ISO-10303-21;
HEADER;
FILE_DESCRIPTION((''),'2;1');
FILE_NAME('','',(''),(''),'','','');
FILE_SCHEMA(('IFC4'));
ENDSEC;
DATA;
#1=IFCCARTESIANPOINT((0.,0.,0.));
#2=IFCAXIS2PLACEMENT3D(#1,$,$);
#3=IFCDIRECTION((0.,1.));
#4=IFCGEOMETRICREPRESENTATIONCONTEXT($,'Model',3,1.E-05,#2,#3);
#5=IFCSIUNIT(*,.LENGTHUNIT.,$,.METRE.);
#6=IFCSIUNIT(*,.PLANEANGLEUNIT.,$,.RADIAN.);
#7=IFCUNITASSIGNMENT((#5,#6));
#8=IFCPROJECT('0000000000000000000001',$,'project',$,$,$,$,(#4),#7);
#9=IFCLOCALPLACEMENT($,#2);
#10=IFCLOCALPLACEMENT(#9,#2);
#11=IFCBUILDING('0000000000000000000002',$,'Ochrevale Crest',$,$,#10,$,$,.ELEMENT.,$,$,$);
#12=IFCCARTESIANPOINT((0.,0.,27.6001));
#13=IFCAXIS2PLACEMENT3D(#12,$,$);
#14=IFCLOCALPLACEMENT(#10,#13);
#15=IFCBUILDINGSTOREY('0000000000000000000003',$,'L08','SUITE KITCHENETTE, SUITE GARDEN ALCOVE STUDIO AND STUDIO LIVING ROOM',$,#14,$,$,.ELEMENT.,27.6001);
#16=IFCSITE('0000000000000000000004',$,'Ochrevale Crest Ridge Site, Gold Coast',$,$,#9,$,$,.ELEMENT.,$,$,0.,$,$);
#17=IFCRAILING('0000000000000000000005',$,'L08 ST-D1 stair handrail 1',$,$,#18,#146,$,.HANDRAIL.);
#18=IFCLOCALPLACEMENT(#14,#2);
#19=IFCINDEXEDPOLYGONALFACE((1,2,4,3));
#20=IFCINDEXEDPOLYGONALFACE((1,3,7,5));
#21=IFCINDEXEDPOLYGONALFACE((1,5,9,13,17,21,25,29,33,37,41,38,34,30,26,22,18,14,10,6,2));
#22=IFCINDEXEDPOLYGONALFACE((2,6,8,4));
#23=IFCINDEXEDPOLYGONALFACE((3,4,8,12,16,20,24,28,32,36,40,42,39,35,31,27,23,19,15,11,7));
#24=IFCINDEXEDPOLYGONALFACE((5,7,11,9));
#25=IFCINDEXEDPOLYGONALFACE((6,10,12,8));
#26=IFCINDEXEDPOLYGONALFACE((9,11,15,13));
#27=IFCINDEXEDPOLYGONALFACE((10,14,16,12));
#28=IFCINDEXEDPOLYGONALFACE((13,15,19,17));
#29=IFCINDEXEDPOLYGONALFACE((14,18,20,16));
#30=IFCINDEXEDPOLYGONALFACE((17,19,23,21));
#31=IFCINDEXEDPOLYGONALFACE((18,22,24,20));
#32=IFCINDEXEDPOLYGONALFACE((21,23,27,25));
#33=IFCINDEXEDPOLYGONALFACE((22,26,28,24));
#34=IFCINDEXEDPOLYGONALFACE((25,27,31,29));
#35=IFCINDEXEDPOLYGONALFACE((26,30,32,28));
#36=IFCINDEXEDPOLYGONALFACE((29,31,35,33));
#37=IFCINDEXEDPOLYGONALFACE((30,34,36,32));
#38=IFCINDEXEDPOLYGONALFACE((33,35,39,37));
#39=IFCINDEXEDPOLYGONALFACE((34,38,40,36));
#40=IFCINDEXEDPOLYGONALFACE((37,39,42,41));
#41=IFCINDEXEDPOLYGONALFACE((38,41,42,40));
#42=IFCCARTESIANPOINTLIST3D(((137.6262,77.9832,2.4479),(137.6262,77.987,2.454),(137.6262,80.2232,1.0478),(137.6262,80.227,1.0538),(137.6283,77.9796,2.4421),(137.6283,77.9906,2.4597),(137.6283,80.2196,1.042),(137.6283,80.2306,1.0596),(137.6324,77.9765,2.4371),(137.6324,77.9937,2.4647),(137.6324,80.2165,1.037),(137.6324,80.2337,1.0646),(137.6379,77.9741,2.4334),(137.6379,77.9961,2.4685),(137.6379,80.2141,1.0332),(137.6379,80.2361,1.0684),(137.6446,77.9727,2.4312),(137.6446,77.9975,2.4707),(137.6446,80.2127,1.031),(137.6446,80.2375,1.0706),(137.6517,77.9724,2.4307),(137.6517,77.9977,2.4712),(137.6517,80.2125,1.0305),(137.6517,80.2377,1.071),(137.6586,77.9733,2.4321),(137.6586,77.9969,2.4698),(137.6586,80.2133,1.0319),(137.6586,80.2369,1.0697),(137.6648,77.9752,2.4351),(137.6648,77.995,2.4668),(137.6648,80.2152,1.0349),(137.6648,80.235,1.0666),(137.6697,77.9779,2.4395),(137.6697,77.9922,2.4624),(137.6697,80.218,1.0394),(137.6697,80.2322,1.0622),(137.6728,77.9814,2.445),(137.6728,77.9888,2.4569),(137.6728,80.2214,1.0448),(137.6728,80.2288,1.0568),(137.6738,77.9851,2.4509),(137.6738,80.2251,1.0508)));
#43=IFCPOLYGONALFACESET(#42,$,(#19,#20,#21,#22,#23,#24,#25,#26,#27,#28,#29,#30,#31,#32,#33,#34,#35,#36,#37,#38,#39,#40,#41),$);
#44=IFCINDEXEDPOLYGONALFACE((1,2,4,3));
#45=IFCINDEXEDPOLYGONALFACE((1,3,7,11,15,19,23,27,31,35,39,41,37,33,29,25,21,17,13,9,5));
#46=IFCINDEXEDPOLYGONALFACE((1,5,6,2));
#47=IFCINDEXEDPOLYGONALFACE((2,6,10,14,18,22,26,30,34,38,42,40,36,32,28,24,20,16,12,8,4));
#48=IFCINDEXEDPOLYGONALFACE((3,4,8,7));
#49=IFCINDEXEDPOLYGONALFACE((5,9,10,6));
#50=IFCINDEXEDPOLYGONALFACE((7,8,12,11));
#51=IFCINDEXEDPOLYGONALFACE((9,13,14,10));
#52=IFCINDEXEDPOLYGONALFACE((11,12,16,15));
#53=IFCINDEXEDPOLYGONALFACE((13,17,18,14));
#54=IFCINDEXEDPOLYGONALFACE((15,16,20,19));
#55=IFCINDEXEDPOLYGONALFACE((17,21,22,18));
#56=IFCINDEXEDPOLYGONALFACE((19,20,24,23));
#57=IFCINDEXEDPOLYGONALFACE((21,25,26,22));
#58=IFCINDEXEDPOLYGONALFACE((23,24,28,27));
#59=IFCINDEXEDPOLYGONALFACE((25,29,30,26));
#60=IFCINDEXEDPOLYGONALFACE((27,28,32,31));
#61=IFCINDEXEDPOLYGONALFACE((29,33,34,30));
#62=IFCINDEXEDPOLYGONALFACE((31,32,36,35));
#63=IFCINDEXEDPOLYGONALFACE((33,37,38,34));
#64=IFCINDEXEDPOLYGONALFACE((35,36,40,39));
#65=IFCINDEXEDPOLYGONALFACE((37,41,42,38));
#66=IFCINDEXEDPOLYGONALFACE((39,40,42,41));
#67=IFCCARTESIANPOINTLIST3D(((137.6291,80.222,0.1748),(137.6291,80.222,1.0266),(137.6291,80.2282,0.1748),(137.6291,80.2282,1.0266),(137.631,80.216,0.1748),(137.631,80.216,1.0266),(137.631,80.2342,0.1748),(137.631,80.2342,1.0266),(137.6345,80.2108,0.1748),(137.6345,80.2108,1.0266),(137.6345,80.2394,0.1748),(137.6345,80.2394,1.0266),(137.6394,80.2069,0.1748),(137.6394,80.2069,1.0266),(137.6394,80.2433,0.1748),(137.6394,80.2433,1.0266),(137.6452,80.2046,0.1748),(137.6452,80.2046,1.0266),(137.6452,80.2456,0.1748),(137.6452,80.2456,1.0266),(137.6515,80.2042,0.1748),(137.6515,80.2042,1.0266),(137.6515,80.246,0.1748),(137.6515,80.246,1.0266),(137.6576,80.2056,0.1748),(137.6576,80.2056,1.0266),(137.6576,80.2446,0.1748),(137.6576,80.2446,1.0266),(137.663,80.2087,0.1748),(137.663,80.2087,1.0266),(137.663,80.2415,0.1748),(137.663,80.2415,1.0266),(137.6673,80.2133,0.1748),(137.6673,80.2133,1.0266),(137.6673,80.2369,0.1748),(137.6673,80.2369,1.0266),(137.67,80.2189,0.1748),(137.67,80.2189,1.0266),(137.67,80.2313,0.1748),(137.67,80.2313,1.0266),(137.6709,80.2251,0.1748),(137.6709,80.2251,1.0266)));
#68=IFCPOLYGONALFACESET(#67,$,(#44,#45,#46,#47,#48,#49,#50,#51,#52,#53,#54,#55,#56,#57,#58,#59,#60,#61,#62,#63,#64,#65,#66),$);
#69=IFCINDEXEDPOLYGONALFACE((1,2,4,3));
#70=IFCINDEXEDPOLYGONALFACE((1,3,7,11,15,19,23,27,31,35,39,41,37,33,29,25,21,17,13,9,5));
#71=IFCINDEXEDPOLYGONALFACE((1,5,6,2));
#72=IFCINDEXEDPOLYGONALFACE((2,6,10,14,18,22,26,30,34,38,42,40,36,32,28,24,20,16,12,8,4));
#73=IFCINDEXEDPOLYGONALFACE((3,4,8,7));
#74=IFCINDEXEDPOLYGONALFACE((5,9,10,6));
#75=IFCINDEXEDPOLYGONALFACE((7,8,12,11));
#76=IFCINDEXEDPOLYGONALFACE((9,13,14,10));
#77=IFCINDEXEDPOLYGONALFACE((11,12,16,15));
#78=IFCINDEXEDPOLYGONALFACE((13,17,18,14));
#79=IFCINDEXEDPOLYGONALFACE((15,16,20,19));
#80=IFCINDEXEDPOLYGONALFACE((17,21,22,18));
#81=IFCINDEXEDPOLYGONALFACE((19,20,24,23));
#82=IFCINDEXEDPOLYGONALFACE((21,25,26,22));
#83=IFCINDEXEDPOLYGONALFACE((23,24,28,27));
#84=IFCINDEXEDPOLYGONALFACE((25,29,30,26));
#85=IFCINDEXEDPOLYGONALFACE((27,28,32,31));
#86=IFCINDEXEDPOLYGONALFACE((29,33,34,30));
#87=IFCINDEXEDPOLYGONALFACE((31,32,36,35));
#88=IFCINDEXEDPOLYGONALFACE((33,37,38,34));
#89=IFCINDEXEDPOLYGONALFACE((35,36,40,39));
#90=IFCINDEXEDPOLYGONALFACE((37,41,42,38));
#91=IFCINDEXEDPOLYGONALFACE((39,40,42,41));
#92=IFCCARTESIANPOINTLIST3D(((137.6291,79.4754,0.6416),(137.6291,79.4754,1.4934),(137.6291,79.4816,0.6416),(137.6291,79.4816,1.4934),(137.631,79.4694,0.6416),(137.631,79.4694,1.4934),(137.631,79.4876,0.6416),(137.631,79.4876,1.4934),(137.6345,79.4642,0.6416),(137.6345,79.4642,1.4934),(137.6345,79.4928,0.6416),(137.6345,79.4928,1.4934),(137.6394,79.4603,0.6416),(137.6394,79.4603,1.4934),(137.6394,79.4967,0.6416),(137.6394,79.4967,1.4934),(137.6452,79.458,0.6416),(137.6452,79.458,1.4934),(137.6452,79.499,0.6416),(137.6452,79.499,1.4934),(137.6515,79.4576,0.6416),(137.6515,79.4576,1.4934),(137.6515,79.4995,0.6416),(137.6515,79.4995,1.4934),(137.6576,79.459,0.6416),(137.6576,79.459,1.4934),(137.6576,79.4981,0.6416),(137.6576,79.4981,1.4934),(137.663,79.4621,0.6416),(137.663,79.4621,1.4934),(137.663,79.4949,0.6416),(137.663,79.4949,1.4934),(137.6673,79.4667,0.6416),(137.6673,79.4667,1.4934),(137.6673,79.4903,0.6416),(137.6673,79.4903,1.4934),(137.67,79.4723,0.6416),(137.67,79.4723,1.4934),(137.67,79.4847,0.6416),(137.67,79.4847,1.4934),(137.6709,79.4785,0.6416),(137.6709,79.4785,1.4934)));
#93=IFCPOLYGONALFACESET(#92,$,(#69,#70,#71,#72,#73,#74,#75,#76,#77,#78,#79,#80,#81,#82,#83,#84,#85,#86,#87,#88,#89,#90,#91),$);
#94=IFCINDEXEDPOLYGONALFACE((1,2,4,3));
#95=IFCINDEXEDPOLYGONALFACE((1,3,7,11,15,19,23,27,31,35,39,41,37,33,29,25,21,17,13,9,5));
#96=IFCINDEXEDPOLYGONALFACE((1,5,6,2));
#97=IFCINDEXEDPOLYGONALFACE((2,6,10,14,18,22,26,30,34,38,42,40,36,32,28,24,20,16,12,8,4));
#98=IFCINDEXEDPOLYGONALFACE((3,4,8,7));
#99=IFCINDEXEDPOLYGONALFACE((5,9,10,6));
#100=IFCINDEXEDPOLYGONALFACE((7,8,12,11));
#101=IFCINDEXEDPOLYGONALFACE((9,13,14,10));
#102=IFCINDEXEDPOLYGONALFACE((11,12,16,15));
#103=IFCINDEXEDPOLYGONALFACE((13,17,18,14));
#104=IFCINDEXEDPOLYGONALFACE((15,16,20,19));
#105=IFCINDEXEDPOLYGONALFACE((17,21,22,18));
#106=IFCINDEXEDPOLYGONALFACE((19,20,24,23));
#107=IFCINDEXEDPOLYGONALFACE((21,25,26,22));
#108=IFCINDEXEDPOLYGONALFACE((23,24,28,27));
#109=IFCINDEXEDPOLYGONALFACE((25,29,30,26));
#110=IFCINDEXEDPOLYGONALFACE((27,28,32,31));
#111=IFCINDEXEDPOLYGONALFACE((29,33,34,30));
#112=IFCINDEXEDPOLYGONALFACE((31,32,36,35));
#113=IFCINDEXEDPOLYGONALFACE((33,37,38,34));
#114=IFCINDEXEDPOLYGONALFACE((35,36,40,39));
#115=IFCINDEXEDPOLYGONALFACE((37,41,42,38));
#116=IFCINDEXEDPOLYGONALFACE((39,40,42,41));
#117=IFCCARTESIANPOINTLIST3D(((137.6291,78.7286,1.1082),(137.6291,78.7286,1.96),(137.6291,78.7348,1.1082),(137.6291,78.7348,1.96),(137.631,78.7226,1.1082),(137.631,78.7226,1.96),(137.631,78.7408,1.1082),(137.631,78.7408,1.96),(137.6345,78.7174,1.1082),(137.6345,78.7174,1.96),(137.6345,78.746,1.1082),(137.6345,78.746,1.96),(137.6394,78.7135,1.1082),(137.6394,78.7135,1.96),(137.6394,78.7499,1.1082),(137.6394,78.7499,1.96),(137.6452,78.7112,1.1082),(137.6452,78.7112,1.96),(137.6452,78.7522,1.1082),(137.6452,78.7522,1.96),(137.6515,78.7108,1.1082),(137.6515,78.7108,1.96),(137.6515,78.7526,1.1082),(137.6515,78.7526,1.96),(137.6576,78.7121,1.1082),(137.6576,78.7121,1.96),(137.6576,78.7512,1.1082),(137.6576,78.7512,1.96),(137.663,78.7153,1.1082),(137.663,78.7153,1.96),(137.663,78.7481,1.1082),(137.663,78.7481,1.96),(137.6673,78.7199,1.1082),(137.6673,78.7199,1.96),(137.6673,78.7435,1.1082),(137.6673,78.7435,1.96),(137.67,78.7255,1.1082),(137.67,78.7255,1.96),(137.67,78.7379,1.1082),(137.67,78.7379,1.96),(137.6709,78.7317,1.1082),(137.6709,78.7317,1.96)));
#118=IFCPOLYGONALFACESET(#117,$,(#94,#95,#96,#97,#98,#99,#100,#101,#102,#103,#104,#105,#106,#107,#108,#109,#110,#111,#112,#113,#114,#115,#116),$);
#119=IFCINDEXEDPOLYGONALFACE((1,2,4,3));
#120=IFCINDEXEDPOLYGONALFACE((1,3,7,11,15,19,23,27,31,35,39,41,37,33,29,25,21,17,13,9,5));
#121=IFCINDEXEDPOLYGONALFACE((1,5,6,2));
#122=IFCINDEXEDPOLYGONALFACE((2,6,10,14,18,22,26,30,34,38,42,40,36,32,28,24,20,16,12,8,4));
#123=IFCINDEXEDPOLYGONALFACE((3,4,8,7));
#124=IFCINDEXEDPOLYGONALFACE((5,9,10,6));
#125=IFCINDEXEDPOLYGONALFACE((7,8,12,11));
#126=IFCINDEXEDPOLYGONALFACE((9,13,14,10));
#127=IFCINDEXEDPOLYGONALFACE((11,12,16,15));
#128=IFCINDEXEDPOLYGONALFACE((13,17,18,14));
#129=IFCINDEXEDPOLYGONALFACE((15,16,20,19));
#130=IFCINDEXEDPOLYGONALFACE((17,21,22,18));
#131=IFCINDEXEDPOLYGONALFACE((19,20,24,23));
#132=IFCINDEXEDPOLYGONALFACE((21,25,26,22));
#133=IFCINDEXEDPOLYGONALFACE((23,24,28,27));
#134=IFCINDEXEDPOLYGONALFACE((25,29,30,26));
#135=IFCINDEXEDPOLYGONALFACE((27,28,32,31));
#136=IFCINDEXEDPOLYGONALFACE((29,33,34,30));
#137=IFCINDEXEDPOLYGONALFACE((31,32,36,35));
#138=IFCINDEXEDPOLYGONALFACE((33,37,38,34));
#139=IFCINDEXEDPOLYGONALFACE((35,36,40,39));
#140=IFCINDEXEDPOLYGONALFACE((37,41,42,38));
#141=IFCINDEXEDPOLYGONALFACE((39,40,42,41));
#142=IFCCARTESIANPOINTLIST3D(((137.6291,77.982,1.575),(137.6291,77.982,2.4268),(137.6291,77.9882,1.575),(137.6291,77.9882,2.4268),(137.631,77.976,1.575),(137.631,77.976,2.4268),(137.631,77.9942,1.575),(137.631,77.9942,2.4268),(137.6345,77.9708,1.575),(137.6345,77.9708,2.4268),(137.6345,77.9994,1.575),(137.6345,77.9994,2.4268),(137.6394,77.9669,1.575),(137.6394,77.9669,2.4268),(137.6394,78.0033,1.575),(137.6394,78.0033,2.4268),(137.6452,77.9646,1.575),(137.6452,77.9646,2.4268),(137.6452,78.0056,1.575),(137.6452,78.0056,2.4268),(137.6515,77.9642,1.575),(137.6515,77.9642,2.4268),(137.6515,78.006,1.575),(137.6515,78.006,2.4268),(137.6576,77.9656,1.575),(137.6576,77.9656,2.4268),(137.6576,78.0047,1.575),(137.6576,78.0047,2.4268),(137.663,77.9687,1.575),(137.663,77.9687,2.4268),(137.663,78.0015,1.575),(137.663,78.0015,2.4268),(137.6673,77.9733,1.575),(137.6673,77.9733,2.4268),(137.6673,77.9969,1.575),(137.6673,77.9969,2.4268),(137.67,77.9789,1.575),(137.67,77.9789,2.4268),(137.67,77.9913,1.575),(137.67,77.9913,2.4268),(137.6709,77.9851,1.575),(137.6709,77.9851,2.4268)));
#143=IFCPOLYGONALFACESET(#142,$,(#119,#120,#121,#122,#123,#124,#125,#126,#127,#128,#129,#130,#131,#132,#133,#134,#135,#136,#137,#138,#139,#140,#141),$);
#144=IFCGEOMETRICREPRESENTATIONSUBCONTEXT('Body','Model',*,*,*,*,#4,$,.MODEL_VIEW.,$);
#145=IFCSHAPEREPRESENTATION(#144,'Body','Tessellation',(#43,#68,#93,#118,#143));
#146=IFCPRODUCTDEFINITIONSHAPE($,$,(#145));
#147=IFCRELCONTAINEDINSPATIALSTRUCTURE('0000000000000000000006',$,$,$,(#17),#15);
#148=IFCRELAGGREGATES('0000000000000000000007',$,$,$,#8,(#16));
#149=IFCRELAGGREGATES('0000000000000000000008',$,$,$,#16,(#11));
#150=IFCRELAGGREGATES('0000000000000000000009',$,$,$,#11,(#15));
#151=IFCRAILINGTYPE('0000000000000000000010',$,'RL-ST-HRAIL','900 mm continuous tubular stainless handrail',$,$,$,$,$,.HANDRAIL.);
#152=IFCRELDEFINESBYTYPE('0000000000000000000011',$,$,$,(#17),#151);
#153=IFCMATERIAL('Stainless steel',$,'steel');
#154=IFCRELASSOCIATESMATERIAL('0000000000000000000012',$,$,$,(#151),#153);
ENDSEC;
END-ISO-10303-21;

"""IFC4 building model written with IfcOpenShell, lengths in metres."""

from ifc_helpers import new_model, si_unit, direction, frame, origin, origin_2d, place, context, subcontext, project, spatial, circle, extrude, material, type_object, element, save


model = new_model("IFC4")

# Units and contexts
model_context = context("Model", 3, precision=1e-05, world=origin(), true_north=direction((0.0, 1.0)))
body_context = subcontext(model_context, "Body", "Model", "MODEL_VIEW")
ifc_project = project(units=[si_unit("LENGTHUNIT", "METRE"), si_unit("PLANEANGLEUNIT", "RADIAN")], contexts=[model_context])

# Site, building, storey
site_placement = place(None, origin())
site = spatial("IfcSite", under=ifc_project, at=site_placement, Name="Ochrevale Crest Ridge Site, Gold Coast", CompositionType="ELEMENT", RefElevation=0.0)
building_placement = place(site_placement, origin())
building = spatial("IfcBuilding", under=site, at=building_placement, Name="Ochrevale Crest", CompositionType="ELEMENT")
storey_placement = place(building_placement, frame((0.0, 0.0, 27.6001)))
storey = spatial("IfcBuildingStorey", under=building, at=storey_placement, Name="L08", Description="SUITE KITCHENETTE, SUITE GARDEN ALCOVE STUDIO AND STUDIO LIVING ROOM", CompositionType="ELEMENT", Elevation=27.6001)

# Railing
ifc_material_1 = material(Name="Stainless steel", Category="steel")
railing_type_1 = type_object("IfcRailingType", Name="RL-ST-HRAIL", Description="900 mm continuous tubular stainless handrail", PredefinedType="HANDRAIL", material=ifc_material_1)
railing_1_placement = place(storey_placement, frame((137.6499, 80.2251, 0.1748)))
element("IfcRailing", 1, at=railing_1_placement, inside=storey, type_object=railing_type_1, Name="L08 ST-D1 stair handrail 1", PredefinedType="HANDRAIL", context=body_context, shape_type="SweptSolid", body=[
    extrude(circle(Radius=0.0239, at=origin_2d()), frame((0.0, 0.0, 0.876), z_axis=(0.0, -0.847972, 0.53004), x_axis=(1.0, 0.0, 0.0)), (0.0, 0.0, 1.0), 2.6416),
    extrude(circle(Radius=0.021, at=origin_2d()), origin(), (0.0, 0.0, 1.0), 0.8518),
    extrude(circle(Radius=0.021, at=origin_2d()), frame((0.0, -0.7466, 0.4668)), (0.0, 0.0, 1.0), 0.8518),
    extrude(circle(Radius=0.021, at=origin_2d()), frame((0.0, -1.4934, 0.9333)), (0.0, 0.0, 1.0), 0.8518),
    extrude(circle(Radius=0.021, at=origin_2d()), frame((0.0, -2.24, 1.4001)), (0.0, 0.0, 1.0), 0.8518),
])

save(model, "model.ifc")
